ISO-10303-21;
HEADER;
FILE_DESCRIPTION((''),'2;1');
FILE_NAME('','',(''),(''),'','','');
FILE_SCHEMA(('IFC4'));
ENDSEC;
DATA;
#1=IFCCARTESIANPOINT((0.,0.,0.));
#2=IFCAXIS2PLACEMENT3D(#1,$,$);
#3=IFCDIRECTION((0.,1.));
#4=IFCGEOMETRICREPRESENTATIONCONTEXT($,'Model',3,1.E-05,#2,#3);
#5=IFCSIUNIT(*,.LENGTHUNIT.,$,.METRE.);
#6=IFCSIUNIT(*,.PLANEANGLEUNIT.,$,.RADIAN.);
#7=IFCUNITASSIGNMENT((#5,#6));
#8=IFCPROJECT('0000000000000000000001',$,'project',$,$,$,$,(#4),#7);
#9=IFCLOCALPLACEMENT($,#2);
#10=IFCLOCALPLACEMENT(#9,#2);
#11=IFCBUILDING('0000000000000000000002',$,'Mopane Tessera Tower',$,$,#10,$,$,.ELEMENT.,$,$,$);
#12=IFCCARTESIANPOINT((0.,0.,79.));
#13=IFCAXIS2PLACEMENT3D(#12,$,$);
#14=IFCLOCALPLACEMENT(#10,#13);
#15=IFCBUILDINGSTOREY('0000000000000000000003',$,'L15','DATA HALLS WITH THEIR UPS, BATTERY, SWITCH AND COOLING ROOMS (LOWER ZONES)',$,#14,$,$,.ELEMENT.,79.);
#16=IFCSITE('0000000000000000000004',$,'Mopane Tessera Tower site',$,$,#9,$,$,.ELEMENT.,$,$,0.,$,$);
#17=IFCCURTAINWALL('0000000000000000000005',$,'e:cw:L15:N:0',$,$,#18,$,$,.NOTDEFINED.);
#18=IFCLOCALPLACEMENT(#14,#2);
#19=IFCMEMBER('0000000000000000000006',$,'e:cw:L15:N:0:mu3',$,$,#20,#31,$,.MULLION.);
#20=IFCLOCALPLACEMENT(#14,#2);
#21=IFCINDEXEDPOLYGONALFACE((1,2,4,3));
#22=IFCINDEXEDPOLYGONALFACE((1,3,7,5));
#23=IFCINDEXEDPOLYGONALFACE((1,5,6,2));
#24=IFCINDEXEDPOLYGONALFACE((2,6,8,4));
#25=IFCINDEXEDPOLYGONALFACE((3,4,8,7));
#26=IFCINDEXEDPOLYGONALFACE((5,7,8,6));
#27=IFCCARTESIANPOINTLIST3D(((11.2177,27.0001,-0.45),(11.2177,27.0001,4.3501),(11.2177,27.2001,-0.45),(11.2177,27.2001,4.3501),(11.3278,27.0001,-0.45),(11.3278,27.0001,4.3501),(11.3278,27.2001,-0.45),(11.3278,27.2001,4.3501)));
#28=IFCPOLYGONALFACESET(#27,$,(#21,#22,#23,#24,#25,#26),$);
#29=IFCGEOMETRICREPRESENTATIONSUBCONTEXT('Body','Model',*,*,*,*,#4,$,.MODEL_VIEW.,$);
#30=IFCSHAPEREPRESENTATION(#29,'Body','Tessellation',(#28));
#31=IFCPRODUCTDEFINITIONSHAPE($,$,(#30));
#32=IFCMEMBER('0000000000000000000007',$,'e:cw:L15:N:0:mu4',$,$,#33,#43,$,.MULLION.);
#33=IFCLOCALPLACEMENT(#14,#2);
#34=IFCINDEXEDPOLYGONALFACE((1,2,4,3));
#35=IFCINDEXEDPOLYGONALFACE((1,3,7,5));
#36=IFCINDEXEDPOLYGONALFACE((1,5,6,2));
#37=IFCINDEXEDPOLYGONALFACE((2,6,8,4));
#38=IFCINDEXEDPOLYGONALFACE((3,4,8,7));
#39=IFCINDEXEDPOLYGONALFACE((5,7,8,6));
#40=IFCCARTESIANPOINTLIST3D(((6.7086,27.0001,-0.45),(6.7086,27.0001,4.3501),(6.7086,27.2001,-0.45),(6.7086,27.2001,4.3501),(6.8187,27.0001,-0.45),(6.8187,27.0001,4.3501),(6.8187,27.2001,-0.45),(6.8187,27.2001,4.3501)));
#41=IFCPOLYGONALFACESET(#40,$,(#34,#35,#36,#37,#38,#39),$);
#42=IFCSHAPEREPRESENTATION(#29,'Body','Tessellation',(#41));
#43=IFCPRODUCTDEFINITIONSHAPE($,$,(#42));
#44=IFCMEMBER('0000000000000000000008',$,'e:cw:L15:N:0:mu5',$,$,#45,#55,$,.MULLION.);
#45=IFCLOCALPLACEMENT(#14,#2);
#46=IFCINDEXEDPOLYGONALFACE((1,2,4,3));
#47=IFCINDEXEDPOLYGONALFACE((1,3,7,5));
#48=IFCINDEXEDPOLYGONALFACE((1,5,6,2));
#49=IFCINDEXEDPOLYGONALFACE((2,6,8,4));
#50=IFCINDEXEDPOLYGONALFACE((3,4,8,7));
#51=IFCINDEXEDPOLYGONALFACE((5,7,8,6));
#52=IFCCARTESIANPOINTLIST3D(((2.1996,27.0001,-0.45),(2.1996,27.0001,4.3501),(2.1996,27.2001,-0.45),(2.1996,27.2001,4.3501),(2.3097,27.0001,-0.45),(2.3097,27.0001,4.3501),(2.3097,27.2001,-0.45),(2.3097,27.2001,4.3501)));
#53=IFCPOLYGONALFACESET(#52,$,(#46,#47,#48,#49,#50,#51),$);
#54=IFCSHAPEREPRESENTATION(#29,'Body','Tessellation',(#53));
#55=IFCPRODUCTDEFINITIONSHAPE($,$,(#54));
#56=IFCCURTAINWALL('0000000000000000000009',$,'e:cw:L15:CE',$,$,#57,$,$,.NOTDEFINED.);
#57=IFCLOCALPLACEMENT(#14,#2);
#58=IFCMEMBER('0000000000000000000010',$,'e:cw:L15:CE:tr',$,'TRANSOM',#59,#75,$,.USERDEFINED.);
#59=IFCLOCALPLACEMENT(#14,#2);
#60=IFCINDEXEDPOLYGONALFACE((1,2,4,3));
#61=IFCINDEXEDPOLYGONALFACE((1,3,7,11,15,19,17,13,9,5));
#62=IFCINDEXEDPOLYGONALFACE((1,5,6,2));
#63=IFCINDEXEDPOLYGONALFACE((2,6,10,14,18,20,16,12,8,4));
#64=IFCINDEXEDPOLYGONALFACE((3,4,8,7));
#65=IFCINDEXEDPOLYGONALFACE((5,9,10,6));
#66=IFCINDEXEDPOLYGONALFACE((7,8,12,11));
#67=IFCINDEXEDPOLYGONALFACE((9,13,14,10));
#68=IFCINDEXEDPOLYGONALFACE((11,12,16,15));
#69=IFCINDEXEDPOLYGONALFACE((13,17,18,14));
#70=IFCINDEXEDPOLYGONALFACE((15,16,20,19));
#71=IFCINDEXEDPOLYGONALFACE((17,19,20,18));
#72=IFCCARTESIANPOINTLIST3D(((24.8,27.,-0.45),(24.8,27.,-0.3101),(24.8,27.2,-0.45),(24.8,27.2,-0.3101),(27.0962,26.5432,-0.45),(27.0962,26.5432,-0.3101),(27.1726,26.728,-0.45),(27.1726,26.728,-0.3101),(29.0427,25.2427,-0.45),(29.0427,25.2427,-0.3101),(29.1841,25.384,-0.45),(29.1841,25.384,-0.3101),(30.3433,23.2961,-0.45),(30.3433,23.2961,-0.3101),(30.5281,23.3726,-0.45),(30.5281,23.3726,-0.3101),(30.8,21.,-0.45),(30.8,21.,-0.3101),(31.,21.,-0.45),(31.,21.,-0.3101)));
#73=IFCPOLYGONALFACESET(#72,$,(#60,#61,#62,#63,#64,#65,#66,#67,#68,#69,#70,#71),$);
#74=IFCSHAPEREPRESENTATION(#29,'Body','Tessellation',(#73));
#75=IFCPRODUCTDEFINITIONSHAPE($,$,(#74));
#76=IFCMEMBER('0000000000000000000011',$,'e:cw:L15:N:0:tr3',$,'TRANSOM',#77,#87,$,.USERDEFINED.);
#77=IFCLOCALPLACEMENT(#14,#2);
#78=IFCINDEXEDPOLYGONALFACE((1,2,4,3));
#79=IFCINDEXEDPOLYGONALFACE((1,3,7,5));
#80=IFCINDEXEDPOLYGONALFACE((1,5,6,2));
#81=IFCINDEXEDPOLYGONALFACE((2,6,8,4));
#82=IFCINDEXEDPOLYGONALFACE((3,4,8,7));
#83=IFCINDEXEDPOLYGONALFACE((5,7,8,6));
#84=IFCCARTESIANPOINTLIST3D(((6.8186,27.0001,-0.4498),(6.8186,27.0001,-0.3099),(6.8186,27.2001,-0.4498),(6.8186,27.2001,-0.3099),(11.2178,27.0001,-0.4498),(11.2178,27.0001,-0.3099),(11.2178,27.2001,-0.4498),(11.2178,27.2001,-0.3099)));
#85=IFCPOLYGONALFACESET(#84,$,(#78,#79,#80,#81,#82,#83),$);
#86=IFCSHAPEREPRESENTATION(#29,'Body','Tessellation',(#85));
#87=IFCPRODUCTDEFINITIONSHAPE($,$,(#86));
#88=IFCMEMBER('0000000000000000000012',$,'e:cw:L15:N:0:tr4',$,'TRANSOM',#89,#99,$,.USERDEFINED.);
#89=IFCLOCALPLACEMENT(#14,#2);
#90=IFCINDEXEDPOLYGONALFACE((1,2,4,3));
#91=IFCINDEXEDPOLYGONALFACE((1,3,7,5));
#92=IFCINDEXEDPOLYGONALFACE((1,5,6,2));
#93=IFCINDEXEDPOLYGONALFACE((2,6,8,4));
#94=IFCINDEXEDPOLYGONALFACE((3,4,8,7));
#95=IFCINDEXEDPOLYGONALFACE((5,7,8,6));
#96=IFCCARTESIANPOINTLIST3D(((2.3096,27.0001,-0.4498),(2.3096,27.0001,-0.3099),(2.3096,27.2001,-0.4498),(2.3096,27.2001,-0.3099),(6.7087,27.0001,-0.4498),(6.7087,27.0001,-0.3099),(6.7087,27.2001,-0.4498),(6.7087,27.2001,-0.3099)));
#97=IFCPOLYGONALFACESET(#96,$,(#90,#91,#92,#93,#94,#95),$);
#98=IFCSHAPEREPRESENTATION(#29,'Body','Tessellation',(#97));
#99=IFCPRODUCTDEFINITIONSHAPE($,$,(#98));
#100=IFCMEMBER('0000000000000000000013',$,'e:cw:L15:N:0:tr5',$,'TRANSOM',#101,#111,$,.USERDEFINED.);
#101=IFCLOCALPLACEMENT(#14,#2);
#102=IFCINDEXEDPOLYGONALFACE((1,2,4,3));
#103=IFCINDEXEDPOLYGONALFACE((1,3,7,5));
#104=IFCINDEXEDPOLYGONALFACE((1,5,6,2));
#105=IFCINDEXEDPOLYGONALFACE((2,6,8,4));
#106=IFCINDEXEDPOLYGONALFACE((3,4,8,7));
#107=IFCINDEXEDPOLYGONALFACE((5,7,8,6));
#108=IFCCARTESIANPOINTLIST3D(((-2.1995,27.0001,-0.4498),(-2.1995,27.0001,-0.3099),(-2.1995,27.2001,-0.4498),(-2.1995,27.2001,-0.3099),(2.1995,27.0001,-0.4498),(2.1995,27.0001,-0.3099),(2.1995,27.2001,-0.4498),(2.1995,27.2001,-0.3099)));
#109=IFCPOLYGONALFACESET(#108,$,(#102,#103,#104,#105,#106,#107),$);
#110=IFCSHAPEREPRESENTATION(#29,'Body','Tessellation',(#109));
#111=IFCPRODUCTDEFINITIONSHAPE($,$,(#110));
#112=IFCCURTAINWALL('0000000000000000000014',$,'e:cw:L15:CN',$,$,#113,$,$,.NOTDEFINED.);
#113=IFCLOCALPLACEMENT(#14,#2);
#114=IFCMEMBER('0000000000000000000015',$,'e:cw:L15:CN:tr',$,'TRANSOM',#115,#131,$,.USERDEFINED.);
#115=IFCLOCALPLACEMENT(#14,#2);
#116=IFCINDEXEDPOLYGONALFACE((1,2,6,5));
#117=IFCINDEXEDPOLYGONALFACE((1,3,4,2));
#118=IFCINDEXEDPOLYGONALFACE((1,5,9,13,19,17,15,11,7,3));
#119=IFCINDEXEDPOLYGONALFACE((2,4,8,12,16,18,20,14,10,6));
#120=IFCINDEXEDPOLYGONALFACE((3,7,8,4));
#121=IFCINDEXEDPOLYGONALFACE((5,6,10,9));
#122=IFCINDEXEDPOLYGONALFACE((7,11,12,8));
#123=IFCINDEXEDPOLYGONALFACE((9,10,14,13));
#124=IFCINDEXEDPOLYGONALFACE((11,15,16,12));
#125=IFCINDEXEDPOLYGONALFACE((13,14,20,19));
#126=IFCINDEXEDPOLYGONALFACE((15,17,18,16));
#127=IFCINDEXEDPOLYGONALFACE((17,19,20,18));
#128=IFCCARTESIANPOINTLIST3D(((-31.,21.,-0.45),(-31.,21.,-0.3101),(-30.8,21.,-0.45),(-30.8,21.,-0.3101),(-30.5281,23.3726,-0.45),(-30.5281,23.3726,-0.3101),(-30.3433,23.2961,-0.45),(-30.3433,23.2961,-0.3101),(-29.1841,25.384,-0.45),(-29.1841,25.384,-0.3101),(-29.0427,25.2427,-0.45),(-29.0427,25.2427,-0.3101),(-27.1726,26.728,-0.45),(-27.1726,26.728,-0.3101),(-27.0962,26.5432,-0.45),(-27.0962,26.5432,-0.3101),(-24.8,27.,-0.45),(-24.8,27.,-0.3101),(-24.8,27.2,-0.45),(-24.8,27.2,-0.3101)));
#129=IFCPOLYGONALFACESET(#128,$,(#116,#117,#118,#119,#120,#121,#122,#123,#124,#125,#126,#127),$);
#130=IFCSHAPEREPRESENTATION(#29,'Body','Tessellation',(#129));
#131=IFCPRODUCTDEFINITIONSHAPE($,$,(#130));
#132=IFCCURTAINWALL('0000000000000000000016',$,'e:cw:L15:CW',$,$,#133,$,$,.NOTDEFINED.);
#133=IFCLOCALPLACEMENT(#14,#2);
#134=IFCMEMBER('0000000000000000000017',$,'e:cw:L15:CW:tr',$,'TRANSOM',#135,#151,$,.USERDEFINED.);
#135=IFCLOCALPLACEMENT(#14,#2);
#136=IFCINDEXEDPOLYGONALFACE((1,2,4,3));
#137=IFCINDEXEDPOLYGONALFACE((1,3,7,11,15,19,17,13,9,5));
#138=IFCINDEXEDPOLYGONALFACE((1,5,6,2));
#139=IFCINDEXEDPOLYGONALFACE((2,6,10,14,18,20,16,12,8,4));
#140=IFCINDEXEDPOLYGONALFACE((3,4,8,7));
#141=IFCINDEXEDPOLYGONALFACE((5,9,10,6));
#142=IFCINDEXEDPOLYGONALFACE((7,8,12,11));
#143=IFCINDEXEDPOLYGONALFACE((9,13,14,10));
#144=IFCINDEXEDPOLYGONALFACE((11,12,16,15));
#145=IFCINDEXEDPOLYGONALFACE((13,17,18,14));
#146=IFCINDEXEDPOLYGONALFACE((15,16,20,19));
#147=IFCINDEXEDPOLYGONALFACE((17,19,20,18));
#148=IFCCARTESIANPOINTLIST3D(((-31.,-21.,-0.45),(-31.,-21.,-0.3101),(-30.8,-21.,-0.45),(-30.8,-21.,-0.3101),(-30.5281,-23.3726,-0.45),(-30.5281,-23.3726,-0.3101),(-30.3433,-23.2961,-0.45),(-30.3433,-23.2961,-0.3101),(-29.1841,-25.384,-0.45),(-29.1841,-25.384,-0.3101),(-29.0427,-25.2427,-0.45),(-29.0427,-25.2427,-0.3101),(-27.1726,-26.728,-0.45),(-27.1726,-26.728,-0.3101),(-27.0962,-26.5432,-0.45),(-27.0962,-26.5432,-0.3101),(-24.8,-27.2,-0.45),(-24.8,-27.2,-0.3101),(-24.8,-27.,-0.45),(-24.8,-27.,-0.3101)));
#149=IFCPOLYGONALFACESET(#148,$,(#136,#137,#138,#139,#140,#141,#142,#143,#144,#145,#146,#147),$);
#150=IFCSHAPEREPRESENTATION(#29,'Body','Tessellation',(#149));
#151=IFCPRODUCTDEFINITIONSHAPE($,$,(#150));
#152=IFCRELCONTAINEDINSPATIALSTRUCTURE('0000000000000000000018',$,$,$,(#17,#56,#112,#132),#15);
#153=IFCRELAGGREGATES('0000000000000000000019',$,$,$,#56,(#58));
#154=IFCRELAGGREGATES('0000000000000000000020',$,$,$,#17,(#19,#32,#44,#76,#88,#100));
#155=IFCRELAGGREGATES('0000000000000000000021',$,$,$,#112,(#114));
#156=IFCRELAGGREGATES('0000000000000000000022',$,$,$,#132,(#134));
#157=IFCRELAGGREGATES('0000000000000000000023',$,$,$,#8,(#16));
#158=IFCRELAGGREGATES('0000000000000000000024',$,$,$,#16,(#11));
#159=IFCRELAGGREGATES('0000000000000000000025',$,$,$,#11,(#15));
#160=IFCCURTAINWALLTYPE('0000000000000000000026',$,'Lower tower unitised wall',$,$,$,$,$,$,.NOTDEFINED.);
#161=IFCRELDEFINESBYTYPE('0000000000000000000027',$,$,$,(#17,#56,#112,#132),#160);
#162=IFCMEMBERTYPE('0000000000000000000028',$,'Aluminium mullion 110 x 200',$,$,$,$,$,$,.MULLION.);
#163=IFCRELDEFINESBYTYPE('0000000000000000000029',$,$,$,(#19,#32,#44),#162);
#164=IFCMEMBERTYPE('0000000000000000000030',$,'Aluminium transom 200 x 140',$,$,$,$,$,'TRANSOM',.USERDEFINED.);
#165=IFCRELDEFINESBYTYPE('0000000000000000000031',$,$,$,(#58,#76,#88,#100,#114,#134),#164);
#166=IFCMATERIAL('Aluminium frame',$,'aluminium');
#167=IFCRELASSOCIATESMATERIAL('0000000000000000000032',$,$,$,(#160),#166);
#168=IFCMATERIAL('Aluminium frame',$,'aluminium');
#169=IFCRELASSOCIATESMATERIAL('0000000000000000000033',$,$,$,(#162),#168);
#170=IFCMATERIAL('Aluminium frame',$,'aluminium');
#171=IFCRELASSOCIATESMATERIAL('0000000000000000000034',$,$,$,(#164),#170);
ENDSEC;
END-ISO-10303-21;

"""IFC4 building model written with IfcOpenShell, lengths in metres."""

from ifc_helpers import new_model, si_unit, direction, frame, origin, origin_2d, place, context, subcontext, project, spatial, polyline, rectangle, outline, extrude, material, material_profile, profile_set, type_object, element, aggregate, save


model = new_model("IFC4")

# Units and contexts
model_context = context("Model", 3, precision=1e-05, world=origin(), true_north=direction((0.0, 1.0)))
body_context = subcontext(model_context, "Body", "Model", "MODEL_VIEW")
ifc_project = project(units=[si_unit("LENGTHUNIT", "METRE"), si_unit("PLANEANGLEUNIT", "RADIAN")], contexts=[model_context])

# Site, building, storey
site_placement = place(None, origin())
site = spatial("IfcSite", under=ifc_project, at=site_placement, Name="Mopane Tessera Tower site", CompositionType="ELEMENT", RefElevation=0.0)
building_placement = place(site_placement, origin())
building = spatial("IfcBuilding", under=site, at=building_placement, Name="Mopane Tessera Tower", CompositionType="ELEMENT")
storey_placement = place(building_placement, frame((0.0, 0.0, 79.0)))
storey = spatial("IfcBuildingStorey", under=building, at=storey_placement, Name="L15", Description="DATA HALLS WITH THEIR UPS, BATTERY, SWITCH AND COOLING ROOMS (LOWER ZONES)", CompositionType="ELEMENT", Elevation=79.0)

# Curtain wall, members
ifc_material_1 = material(Name="Aluminium frame", Category="aluminium")
curtain_wall_type = type_object("IfcCurtainWallType", Name="Lower tower unitised wall", PredefinedType="NOTDEFINED", material=ifc_material_1)
curtain_wall_1_placement = place(storey_placement, origin())
curtain_wall_1 = element("IfcCurtainWall", 1, at=curtain_wall_1_placement, inside=storey, type_object=curtain_wall_type, Name="e:cw:L15:N:0", PredefinedType="NOTDEFINED")
ifc_material_2 = material(Name="Aluminium frame", Category="aluminium")
ifc_material_profile_1 = material_profile(ifc_material_2, rectangle(XDim=0.1101, YDim=0.2, at=origin_2d()))
ifc_profile_set_1 = profile_set([ifc_material_profile_1], Name="Aluminium frame")
member_type_1 = type_object("IfcMemberType", Name="Aluminium mullion 110 x 200", PredefinedType="MULLION", material=ifc_profile_set_1)
member_1_placement = place(storey_placement, frame((11.2727, 27.1001, -0.45), z_axis=(0.0, 0.0, 1.0), x_axis=(-1.0, 0.0, 0.0)))
member_1 = element("IfcMember", 2, at=member_1_placement, type_object=member_type_1, Name="e:cw:L15:N:0:mu3", PredefinedType="MULLION", context=body_context, shape_type="SweptSolid", body=[
    extrude(rectangle(XDim=0.1101, YDim=0.2, at=origin_2d()), origin(), (0.0, 0.0, 1.0), 4.8),
])
member_2_placement = place(storey_placement, frame((6.7637, 27.1001, -0.45), z_axis=(0.0, 0.0, 1.0), x_axis=(-1.0, 0.0, 0.0)))
member_2 = element("IfcMember", 3, at=member_2_placement, type_object=member_type_1, Name="e:cw:L15:N:0:mu4", PredefinedType="MULLION", context=body_context, shape_type="SweptSolid", body=[
    extrude(rectangle(XDim=0.1101, YDim=0.2, at=origin_2d()), origin(), (0.0, 0.0, 1.0), 4.8),
])
member_3_placement = place(storey_placement, frame((2.2546, 27.1001, -0.45), z_axis=(0.0, 0.0, 1.0), x_axis=(-1.0, 0.0, 0.0)))
member_3 = element("IfcMember", 4, at=member_3_placement, type_object=member_type_1, Name="e:cw:L15:N:0:mu5", PredefinedType="MULLION", context=body_context, shape_type="SweptSolid", body=[
    extrude(rectangle(XDim=0.1101, YDim=0.2, at=origin_2d()), origin(), (0.0, 0.0, 1.0), 4.8),
])

# Curtain wall, member
curtain_wall_2_placement = place(storey_placement, origin())
curtain_wall_2 = element("IfcCurtainWall", 5, at=curtain_wall_2_placement, inside=storey, type_object=curtain_wall_type, Name="e:cw:L15:CE", PredefinedType="NOTDEFINED")
ifc_material_3 = material(Name="Aluminium frame", Category="aluminium")
ifc_material_profile_2 = material_profile(ifc_material_3, rectangle(XDim=0.2, YDim=0.1399, at=origin_2d()))
ifc_profile_set_2 = profile_set([ifc_material_profile_2], Name="Aluminium frame")
member_type_2 = type_object("IfcMemberType", Name="Aluminium transom 200 x 140", ElementType="TRANSOM", PredefinedType="USERDEFINED", material=ifc_profile_set_2)
member_4_placement = place(storey_placement, frame((0.0, 0.0, -0.45)))
member_4 = element("IfcMember", 6, at=member_4_placement, type_object=member_type_2, Name="e:cw:L15:CE:tr", ObjectType="TRANSOM", PredefinedType="USERDEFINED", context=body_context, shape_type="SweptSolid", body=[
    extrude(outline(polyline([(30.8, 21.0), (30.3433, 23.2961), (29.0427, 25.2427), (27.0962, 26.5432), (24.8, 27.0), (24.8, 27.2), (27.1726, 26.728), (29.1841, 25.384), (30.5281, 23.3726), (31.0, 21.0), (30.8, 21.0)])), origin(), (0.0, 0.0, 1.0), 0.1399),
])

# Members
member_5_placement = place(storey_placement, frame((11.2178, 27.1001, -0.3799), z_axis=(-1.0, 0.0, 0.0), x_axis=(0.0, -1.0, 0.0)))
member_5 = element("IfcMember", 7, at=member_5_placement, type_object=member_type_2, Name="e:cw:L15:N:0:tr3", ObjectType="TRANSOM", PredefinedType="USERDEFINED", context=body_context, shape_type="SweptSolid", body=[
    extrude(rectangle(XDim=0.2, YDim=0.1399, at=origin_2d()), origin(), (0.0, 0.0, 1.0), 4.3992),
])
member_6_placement = place(storey_placement, frame((6.7087, 27.1001, -0.3799), z_axis=(-1.0, 0.0, 0.0), x_axis=(0.0, -1.0, 0.0)))
member_6 = element("IfcMember", 8, at=member_6_placement, type_object=member_type_2, Name="e:cw:L15:N:0:tr4", ObjectType="TRANSOM", PredefinedType="USERDEFINED", context=body_context, shape_type="SweptSolid", body=[
    extrude(rectangle(XDim=0.2, YDim=0.1399, at=origin_2d()), origin(), (0.0, 0.0, 1.0), 4.3992),
])
member_7_placement = place(storey_placement, frame((2.1995, 27.1001, -0.3799), z_axis=(-1.0, 0.0, 0.0), x_axis=(0.0, -1.0, 0.0)))
member_7 = element("IfcMember", 9, at=member_7_placement, type_object=member_type_2, Name="e:cw:L15:N:0:tr5", ObjectType="TRANSOM", PredefinedType="USERDEFINED", context=body_context, shape_type="SweptSolid", body=[
    extrude(rectangle(XDim=0.2, YDim=0.1399, at=origin_2d()), origin(), (0.0, 0.0, 1.0), 4.3989),
])

# Curtain walls, members
curtain_wall_3_placement = place(storey_placement, origin())
curtain_wall_3 = element("IfcCurtainWall", 10, at=curtain_wall_3_placement, inside=storey, type_object=curtain_wall_type, Name="e:cw:L15:CN", PredefinedType="NOTDEFINED")
member_8_placement = place(storey_placement, frame((0.0, 0.0, -0.45)))
member_8 = element("IfcMember", 11, at=member_8_placement, type_object=member_type_2, Name="e:cw:L15:CN:tr", ObjectType="TRANSOM", PredefinedType="USERDEFINED", context=body_context, shape_type="SweptSolid", body=[
    extrude(outline(polyline([(-24.8, 27.0), (-27.0962, 26.5432), (-29.0427, 25.2427), (-30.3433, 23.2961), (-30.8, 21.0), (-31.0, 21.0), (-30.5281, 23.3726), (-29.1841, 25.384), (-27.1726, 26.728), (-24.8, 27.2), (-24.8, 27.0)])), origin(), (0.0, 0.0, 1.0), 0.1399),
])
curtain_wall_4_placement = place(storey_placement, origin())
curtain_wall_4 = element("IfcCurtainWall", 12, at=curtain_wall_4_placement, inside=storey, type_object=curtain_wall_type, Name="e:cw:L15:CW", PredefinedType="NOTDEFINED")
member_9_placement = place(storey_placement, frame((0.0, 0.0, -0.45)))
member_9 = element("IfcMember", 13, at=member_9_placement, type_object=member_type_2, Name="e:cw:L15:CW:tr", ObjectType="TRANSOM", PredefinedType="USERDEFINED", context=body_context, shape_type="SweptSolid", body=[
    extrude(outline(polyline([(-30.8, -21.0), (-30.3433, -23.2961), (-29.0427, -25.2427), (-27.0962, -26.5432), (-24.8, -27.0), (-24.8, -27.2), (-27.1726, -26.728), (-29.1841, -25.384), (-30.5281, -23.3726), (-31.0, -21.0), (-30.8, -21.0)])), origin(), (0.0, 0.0, 1.0), 0.1399),
])

aggregate(curtain_wall_2, [member_4])
aggregate(curtain_wall_1, [member_1, member_2, member_3, member_5, member_6, member_7])
aggregate(curtain_wall_3, [member_8])
aggregate(curtain_wall_4, [member_9])

save(model, "model.ifc")
